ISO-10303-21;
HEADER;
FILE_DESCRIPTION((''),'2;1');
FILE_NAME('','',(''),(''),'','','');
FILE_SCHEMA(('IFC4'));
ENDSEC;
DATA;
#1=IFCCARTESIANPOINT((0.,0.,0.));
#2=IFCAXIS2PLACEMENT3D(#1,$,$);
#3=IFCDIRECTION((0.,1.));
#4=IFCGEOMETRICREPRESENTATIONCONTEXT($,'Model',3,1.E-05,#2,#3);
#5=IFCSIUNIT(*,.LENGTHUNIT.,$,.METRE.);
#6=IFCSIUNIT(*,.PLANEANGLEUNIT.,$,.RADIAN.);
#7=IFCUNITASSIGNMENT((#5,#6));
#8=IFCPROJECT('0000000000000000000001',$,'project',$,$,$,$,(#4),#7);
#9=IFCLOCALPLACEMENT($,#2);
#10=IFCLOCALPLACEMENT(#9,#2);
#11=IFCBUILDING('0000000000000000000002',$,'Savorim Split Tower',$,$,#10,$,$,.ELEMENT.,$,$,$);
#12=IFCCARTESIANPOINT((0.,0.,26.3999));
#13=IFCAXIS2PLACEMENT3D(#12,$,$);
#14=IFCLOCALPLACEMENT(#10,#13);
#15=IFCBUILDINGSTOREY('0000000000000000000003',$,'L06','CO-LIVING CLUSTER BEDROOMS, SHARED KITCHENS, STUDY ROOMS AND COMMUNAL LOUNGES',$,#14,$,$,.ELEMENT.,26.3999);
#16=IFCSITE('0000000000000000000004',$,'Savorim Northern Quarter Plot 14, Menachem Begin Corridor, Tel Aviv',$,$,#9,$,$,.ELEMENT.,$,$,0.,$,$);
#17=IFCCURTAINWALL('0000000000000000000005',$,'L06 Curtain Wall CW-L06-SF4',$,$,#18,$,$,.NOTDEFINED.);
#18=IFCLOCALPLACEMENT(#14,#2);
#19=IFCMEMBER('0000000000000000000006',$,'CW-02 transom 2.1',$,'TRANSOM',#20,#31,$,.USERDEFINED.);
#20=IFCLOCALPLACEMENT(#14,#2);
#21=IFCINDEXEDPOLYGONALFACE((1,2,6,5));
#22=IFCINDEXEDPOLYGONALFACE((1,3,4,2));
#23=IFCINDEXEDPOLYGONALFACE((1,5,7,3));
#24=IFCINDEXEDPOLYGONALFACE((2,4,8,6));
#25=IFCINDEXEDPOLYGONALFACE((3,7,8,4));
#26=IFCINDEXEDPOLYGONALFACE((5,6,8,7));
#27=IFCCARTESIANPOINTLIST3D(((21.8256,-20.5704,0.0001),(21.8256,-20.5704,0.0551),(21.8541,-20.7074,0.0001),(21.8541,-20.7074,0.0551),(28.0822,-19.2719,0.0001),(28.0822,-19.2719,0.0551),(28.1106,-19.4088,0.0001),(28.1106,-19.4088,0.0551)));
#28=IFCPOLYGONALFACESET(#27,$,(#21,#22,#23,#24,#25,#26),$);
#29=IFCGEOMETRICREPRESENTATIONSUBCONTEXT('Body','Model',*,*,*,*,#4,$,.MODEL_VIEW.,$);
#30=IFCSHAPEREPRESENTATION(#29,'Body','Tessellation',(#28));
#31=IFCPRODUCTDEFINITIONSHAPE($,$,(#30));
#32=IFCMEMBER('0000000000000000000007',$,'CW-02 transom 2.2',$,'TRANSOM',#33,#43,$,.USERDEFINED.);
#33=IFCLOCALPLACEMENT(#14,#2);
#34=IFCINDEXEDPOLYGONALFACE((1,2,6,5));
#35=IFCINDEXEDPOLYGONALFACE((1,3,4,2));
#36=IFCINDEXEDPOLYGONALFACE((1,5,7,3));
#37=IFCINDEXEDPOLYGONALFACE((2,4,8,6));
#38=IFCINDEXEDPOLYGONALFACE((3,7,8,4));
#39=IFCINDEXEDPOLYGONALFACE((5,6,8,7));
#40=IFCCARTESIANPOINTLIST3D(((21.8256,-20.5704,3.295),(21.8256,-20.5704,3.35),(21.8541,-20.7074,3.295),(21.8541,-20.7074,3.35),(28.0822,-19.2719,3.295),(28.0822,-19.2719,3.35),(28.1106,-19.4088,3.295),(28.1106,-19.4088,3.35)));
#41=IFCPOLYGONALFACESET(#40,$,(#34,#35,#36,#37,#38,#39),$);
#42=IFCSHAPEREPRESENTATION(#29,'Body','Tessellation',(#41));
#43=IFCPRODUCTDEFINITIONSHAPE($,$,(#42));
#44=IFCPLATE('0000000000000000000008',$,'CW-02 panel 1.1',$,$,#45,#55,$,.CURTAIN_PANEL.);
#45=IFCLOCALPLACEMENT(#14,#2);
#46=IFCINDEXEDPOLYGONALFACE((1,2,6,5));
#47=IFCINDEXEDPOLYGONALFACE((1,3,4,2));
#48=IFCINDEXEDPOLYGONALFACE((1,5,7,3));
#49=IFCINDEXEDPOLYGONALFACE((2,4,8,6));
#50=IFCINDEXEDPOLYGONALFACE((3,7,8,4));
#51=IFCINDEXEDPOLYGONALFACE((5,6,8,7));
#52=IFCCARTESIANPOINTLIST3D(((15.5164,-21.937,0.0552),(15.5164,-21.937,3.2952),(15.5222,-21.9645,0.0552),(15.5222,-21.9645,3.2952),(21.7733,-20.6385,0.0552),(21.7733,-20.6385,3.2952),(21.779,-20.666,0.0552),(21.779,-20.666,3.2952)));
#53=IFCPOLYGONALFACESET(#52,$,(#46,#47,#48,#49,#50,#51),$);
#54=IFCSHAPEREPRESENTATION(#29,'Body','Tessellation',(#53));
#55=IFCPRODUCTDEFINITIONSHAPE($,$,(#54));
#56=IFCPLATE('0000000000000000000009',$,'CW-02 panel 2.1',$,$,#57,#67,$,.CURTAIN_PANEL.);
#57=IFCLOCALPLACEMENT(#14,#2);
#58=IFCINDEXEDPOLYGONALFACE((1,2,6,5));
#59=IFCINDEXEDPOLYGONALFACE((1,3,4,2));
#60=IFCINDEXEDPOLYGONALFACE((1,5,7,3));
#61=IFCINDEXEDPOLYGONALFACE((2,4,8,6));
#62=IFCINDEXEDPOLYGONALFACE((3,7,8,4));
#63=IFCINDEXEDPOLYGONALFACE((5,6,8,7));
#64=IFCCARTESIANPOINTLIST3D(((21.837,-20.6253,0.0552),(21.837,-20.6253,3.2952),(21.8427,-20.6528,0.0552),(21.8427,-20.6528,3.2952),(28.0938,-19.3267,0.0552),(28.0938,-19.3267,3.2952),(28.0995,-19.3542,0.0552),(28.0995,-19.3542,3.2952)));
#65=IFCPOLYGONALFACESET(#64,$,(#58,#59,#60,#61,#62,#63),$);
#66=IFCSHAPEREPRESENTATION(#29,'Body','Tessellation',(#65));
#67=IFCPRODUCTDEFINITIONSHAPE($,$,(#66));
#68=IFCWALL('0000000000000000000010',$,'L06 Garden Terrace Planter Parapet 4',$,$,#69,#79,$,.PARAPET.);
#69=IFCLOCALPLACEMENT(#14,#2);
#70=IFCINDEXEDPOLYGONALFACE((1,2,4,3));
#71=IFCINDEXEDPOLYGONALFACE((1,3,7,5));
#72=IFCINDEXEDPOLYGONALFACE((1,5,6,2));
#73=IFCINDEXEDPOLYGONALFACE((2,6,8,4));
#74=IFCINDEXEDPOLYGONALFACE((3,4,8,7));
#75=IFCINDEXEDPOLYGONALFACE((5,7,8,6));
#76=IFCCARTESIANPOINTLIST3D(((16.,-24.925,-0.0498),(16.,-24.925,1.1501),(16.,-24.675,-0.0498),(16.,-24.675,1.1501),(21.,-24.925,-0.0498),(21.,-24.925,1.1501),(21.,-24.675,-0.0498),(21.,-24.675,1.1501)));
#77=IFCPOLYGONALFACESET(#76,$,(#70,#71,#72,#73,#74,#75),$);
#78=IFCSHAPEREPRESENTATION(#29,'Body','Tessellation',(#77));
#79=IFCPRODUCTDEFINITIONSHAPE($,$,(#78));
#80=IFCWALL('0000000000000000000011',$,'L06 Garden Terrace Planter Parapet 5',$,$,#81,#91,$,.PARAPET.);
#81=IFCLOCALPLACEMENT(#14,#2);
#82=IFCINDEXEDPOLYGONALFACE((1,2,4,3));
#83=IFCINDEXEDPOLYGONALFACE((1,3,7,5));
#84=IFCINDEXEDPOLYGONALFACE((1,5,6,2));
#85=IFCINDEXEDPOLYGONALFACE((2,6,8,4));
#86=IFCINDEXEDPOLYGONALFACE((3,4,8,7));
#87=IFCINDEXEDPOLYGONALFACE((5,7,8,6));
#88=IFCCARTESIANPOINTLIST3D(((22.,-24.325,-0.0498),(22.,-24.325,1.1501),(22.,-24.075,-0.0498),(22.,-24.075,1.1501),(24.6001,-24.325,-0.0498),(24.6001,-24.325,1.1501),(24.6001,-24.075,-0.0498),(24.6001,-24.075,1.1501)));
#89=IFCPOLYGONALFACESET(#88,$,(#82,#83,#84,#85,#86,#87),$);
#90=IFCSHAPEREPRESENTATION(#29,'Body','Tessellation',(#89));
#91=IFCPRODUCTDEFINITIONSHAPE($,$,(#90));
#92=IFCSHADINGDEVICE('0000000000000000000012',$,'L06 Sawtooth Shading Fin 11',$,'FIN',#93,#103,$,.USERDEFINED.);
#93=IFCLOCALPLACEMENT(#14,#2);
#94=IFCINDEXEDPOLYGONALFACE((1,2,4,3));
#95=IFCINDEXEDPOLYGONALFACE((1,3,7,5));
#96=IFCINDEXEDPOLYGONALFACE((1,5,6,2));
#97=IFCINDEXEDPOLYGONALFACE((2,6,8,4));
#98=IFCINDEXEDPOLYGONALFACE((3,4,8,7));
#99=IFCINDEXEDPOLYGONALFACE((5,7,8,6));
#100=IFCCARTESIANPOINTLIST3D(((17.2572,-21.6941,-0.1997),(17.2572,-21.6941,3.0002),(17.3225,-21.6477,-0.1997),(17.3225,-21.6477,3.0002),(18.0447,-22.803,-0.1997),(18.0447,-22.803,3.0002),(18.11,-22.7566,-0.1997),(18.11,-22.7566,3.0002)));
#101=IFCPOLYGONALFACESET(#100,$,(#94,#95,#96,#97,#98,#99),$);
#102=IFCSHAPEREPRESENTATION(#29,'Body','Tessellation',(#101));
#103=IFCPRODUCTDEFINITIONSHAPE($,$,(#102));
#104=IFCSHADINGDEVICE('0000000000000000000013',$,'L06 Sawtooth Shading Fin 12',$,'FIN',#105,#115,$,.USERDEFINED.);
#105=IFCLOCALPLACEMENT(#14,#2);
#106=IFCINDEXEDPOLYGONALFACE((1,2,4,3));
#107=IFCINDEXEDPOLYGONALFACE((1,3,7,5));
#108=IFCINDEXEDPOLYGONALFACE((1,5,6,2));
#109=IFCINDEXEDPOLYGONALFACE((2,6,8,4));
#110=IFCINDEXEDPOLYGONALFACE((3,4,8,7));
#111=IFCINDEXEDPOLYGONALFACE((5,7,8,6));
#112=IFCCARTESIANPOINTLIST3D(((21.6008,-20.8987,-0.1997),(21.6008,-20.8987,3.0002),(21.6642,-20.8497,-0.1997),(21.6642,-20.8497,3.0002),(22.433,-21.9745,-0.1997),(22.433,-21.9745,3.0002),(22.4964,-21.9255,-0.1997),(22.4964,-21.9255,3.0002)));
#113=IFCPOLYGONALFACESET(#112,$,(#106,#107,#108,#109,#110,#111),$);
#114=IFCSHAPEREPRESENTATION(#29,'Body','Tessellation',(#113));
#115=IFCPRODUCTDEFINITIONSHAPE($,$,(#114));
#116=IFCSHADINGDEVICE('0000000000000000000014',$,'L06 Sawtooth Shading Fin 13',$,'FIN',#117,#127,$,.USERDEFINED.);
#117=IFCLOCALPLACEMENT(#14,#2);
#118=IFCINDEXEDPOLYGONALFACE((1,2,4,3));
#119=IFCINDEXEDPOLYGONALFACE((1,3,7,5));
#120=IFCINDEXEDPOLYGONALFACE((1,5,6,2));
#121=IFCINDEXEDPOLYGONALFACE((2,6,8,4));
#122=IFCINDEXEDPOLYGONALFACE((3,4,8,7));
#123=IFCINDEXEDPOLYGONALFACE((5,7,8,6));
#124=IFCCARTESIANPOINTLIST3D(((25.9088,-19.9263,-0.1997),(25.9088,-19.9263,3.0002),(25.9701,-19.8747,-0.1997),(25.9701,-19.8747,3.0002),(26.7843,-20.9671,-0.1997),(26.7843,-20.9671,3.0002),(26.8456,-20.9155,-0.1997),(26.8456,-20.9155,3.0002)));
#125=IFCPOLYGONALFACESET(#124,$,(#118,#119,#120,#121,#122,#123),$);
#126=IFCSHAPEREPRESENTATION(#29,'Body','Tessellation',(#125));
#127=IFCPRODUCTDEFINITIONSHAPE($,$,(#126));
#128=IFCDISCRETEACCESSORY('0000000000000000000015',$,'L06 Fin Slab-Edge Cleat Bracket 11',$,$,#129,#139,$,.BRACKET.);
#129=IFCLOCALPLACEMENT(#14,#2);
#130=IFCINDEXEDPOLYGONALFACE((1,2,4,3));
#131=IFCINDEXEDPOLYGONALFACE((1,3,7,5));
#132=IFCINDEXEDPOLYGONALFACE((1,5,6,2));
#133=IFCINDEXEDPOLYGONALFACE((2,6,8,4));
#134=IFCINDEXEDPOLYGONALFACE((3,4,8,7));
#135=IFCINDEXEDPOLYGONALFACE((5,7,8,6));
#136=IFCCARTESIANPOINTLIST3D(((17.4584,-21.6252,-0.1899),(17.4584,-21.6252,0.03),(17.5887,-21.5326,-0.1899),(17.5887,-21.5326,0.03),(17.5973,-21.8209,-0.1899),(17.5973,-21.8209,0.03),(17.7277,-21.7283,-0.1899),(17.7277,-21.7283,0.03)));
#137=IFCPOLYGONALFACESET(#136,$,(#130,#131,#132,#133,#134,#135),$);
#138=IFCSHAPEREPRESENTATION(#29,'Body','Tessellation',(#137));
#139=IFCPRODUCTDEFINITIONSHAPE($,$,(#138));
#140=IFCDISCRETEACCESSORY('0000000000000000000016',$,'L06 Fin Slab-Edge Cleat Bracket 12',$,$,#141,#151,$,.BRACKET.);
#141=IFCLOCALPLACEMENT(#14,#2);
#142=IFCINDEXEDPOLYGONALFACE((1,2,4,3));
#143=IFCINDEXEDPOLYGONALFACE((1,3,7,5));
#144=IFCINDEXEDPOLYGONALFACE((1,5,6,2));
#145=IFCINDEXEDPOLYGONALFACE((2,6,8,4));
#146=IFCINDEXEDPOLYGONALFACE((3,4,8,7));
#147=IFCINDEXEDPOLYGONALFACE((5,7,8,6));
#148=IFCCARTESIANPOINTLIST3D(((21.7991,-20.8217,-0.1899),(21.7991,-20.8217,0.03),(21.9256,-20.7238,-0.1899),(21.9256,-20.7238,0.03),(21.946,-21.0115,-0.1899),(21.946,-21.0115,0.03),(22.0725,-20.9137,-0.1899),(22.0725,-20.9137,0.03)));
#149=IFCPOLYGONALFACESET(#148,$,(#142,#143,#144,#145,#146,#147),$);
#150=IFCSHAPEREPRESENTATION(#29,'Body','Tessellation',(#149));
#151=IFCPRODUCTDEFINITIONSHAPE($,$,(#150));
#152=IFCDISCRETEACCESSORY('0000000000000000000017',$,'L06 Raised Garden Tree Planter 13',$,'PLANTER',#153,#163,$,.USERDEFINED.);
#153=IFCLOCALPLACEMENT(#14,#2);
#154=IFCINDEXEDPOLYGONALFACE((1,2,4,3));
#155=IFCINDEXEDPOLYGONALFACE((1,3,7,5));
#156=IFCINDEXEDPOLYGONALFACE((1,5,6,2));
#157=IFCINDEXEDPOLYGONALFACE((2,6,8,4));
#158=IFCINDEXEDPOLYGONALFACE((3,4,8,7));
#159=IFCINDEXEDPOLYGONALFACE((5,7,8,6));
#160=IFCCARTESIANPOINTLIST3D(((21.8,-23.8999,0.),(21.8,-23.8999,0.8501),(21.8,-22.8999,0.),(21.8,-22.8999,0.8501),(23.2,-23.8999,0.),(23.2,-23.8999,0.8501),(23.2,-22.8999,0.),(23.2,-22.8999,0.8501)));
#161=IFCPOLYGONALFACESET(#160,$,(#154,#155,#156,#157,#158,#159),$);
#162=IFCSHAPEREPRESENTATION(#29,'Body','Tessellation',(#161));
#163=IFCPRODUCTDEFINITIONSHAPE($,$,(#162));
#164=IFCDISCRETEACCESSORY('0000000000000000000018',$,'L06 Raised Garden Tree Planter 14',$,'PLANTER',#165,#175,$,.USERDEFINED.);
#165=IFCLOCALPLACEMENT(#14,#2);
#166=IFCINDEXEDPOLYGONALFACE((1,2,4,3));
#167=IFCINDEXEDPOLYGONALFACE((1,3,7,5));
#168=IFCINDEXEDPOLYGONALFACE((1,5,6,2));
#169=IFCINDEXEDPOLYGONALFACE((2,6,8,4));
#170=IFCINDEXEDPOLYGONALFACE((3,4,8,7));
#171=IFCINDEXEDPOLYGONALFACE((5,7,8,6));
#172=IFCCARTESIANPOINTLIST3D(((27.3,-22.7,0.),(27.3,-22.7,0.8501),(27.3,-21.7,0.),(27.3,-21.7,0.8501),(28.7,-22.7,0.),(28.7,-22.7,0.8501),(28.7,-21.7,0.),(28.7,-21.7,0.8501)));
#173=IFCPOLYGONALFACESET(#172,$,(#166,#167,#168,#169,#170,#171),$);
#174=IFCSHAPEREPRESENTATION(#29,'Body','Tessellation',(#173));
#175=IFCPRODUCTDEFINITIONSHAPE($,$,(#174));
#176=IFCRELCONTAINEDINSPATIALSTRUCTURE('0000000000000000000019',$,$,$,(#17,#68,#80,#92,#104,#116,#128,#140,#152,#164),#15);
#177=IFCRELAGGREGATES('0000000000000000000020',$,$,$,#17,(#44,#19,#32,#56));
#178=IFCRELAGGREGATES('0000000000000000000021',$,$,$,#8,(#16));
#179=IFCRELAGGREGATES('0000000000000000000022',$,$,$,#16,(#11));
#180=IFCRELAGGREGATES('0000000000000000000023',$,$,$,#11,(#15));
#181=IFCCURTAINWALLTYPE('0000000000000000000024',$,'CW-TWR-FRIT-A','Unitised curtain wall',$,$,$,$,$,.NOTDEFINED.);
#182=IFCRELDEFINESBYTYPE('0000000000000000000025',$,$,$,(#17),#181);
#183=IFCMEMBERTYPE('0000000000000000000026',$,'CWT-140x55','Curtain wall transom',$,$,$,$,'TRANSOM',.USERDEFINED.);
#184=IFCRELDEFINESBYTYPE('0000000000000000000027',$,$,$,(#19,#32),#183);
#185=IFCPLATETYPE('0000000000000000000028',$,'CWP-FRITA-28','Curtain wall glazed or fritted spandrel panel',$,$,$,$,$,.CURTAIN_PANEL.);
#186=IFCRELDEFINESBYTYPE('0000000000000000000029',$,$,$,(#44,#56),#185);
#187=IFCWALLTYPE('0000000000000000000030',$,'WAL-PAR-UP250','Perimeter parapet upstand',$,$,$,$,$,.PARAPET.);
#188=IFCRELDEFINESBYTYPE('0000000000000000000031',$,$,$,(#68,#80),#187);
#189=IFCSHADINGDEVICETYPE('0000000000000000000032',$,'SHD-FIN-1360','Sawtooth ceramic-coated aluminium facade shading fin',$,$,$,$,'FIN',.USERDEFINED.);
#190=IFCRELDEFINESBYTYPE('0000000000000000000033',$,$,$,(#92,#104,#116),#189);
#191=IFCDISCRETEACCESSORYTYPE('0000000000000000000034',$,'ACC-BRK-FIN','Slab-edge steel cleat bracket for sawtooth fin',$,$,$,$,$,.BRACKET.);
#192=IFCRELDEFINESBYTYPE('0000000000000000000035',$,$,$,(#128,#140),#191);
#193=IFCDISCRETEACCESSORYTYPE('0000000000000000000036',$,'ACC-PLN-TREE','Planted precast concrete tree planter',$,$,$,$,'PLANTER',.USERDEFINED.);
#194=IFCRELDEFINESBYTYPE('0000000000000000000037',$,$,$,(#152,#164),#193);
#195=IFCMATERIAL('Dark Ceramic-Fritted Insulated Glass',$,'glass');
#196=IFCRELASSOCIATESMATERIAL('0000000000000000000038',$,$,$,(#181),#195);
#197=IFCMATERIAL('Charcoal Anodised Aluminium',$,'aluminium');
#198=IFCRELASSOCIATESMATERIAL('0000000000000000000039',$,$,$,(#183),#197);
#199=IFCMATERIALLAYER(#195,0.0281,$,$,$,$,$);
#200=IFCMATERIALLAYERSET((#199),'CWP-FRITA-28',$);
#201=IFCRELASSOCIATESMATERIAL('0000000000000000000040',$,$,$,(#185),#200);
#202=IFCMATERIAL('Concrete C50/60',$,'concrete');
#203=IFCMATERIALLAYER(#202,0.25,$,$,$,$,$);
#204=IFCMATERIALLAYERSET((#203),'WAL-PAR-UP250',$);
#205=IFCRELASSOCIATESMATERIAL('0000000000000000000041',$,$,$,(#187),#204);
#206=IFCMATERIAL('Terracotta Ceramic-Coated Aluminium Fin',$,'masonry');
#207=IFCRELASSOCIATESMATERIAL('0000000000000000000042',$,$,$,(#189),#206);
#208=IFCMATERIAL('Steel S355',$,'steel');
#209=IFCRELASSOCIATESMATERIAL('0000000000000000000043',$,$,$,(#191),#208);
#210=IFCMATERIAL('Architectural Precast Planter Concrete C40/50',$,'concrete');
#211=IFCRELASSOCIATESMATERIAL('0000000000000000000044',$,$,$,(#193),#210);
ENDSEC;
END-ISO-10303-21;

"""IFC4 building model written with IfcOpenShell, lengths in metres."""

from ifc_helpers import new_model, si_unit, direction, frame, frame_2d, origin, origin_2d, place, context, subcontext, project, spatial, rectangle, extrude, material, layer, layer_set, material_profile, profile_set, type_object, element, aggregate, save


model = new_model("IFC4")

# Units and contexts
model_context = context("Model", 3, precision=1e-05, world=origin(), true_north=direction((0.0, 1.0)))
body_context = subcontext(model_context, "Body", "Model", "MODEL_VIEW")
ifc_project = project(units=[si_unit("LENGTHUNIT", "METRE"), si_unit("PLANEANGLEUNIT", "RADIAN")], contexts=[model_context])

# Site, building, storey
site_placement = place(None, origin())
site = spatial("IfcSite", under=ifc_project, at=site_placement, Name="Savorim Northern Quarter Plot 14, Menachem Begin Corridor, Tel Aviv", CompositionType="ELEMENT", RefElevation=0.0)
building_placement = place(site_placement, origin())
building = spatial("IfcBuilding", under=site, at=building_placement, Name="Savorim Split Tower", CompositionType="ELEMENT")
storey_placement = place(building_placement, frame((0.0, 0.0, 26.3999)))
storey = spatial("IfcBuildingStorey", under=building, at=storey_placement, Name="L06", Description="CO-LIVING CLUSTER BEDROOMS, SHARED KITCHENS, STUDY ROOMS AND COMMUNAL LOUNGES", CompositionType="ELEMENT", Elevation=26.3999)

# Shared definitions
ifc_material_1 = material(Name="Steel S355", Category="steel")

# Curtain wall, members, plates
ifc_material_2 = material(Name="Dark Ceramic-Fritted Insulated Glass", Category="glass")
curtain_wall_type = type_object("IfcCurtainWallType", Name="CW-TWR-FRIT-A", Description="Unitised curtain wall", PredefinedType="NOTDEFINED", material=ifc_material_2)
curtain_wall_placement = place(storey_placement, origin())
curtain_wall = element("IfcCurtainWall", 1, at=curtain_wall_placement, inside=storey, type_object=curtain_wall_type, Name="L06 Curtain Wall CW-L06-SF4", PredefinedType="NOTDEFINED")
ifc_material_3 = material(Name="Charcoal Anodised Aluminium", Category="aluminium")
ifc_material_profile_1 = material_profile(ifc_material_3, rectangle(XDim=0.1399, YDim=0.0549, at=origin_2d()), Name="ALU-T 140x55")
ifc_profile_set_1 = profile_set([ifc_material_profile_1], Name="Charcoal Anodised Aluminium")
member_type_1 = type_object("IfcMemberType", Name="CWT-140x55", Description="Curtain wall transom", ElementType="TRANSOM", PredefinedType="USERDEFINED", material=ifc_profile_set_1)
member_1_placement = place(storey_placement, frame((21.8398, -20.6389, 0.0276), z_axis=(0.979132, 0.203223, 0.0), x_axis=(-0.203223, 0.979132, 0.0)))
member_1 = element("IfcMember", 2, at=member_1_placement, type_object=member_type_1, Name="CW-02 transom 2.1", ObjectType="TRANSOM", PredefinedType="USERDEFINED", context=body_context, shape_type="SweptSolid", body=[
    extrude(rectangle(XDim=0.1399, YDim=0.0549, at=origin_2d()), origin(), (0.0, 0.0, 1.0), 6.3899),
])
member_2_placement = place(storey_placement, frame((21.8398, -20.6389, 3.3225), z_axis=(0.979132, 0.203223, 0.0), x_axis=(-0.203223, 0.979132, 0.0)))
member_2 = element("IfcMember", 3, at=member_2_placement, type_object=member_type_1, Name="CW-02 transom 2.2", ObjectType="TRANSOM", PredefinedType="USERDEFINED", context=body_context, shape_type="SweptSolid", body=[
    extrude(rectangle(XDim=0.1399, YDim=0.0549, at=origin_2d()), origin(), (0.0, 0.0, 1.0), 6.3899),
])
ifc_layer_1 = layer(ifc_material_2, 0.0281)
ifc_layer_set_1 = layer_set([ifc_layer_1], Name="CWP-FRITA-28")
plate_type = type_object("IfcPlateType", Name="CWP-FRITA-28", Description="Curtain wall glazed or fritted spandrel panel", PredefinedType="CURTAIN_PANEL", material=ifc_layer_set_1)
plate_1_placement = place(storey_placement, frame((18.6477, -21.3015, 0.0552), z_axis=(0.0, 0.0, 1.0), x_axis=(0.979135, 0.20321, 0.0)))
plate_1 = element("IfcPlate", 4, at=plate_1_placement, type_object=plate_type, Name="CW-02 panel 1.1", PredefinedType="CURTAIN_PANEL", context=body_context, shape_type="SweptSolid", body=[
    extrude(rectangle(XDim=6.3901, YDim=0.0281, at=origin_2d()), origin(), (0.0, 0.0, 1.0), 3.24),
])
plate_2_placement = place(storey_placement, frame((24.9683, -19.9897, 0.0552), z_axis=(0.0, 0.0, 1.0), x_axis=(0.979135, 0.20321, 0.0)))
plate_2 = element("IfcPlate", 5, at=plate_2_placement, type_object=plate_type, Name="CW-02 panel 2.1", PredefinedType="CURTAIN_PANEL", context=body_context, shape_type="SweptSolid", body=[
    extrude(rectangle(XDim=6.3901, YDim=0.0281, at=origin_2d()), origin(), (0.0, 0.0, 1.0), 3.24),
])
aggregate(curtain_wall, [plate_1, member_1, member_2, plate_2])

# Walls
ifc_material_4 = material(Name="Concrete C50/60", Category="concrete")
ifc_layer_2 = layer(ifc_material_4, 0.25)
ifc_layer_set_2 = layer_set([ifc_layer_2], Name="WAL-PAR-UP250")
wall_type = type_object("IfcWallType", Name="WAL-PAR-UP250", Description="Perimeter parapet upstand", PredefinedType="PARAPET", material=ifc_layer_set_2)
wall_1_placement = place(storey_placement, frame((16.0, -24.8, -0.0498), z_axis=(0.0, 0.0, 1.0), x_axis=(1.0, 0.0, 0.0)))
element("IfcWall", 6, at=wall_1_placement, inside=storey, type_object=wall_type, Name="L06 Garden Terrace Planter Parapet 4", PredefinedType="PARAPET", context=body_context, shape_type="SweptSolid", body=[
    extrude(rectangle(XDim=5.0, YDim=0.25, at=frame_2d((2.5, 0.0))), origin(), (0.0, 0.0, 1.0), 1.2),
])
wall_2_placement = place(storey_placement, frame((22.0, -24.2, -0.0498), z_axis=(0.0, 0.0, 1.0), x_axis=(1.0, 0.0, 0.0)))
element("IfcWall", 7, at=wall_2_placement, inside=storey, type_object=wall_type, Name="L06 Garden Terrace Planter Parapet 5", PredefinedType="PARAPET", context=body_context, shape_type="SweptSolid", body=[
    extrude(rectangle(XDim=2.6001, YDim=0.25, at=frame_2d((1.3, 0.0))), origin(), (0.0, 0.0, 1.0), 1.2),
])

# Shading devices
ifc_material_5 = material(Name="Terracotta Ceramic-Coated Aluminium Fin", Category="masonry")
shading_device_type = type_object("IfcShadingDeviceType", Name="SHD-FIN-1360", Description="Sawtooth ceramic-coated aluminium facade shading fin", ElementType="FIN", PredefinedType="USERDEFINED", material=ifc_material_5)
for number, where, z_axis, x_axis, name in (
    (8, (17.6836, -22.2253, -0.1997), (0.0, 0.0, 1.0), (0.578994, -0.815332, 0.0), "L06 Sawtooth Shading Fin 11"),
    (9, (22.0486, -21.4121, -0.1997), (0.0, 0.0, 1.0), (0.611868, -0.79096, 0.0), "L06 Sawtooth Shading Fin 12"),
    (10, (26.3772, -20.4209, -0.1997), (0.0, 0.0, 1.0), (0.643719, -0.765262, 0.0), "L06 Sawtooth Shading Fin 13"),
):
    element("IfcShadingDevice", number, at=place(storey_placement, frame(where, z_axis=z_axis, x_axis=x_axis)), inside=storey, type_object=shading_device_type, Name=name, ObjectType="FIN", PredefinedType="USERDEFINED", context=body_context, shape_type="SweptSolid", body=[
        extrude(rectangle(XDim=1.3601, YDim=0.0801, at=origin_2d()), origin(), (0.0, 0.0, 1.0), 3.2),
    ])

# Discrete accessories
discrete_accessory_type_1 = type_object("IfcDiscreteAccessoryType", Name="ACC-BRK-FIN", Description="Slab-edge steel cleat bracket for sawtooth fin", PredefinedType="BRACKET", material=ifc_material_1)
for number, where, z_axis, x_axis, name in (
    (11, (17.593, -21.6768, -0.1899), (0.0, 0.0, 1.0), (0.578994, -0.815332, 0.0), "L06 Fin Slab-Edge Cleat Bracket 11"),
    (12, (21.9358, -20.8677, -0.1899), (0.0, 0.0, 1.0), (0.611868, -0.79096, 0.0), "L06 Fin Slab-Edge Cleat Bracket 12"),
):
    element("IfcDiscreteAccessory", number, at=place(storey_placement, frame(where, z_axis=z_axis, x_axis=x_axis)), inside=storey, type_object=discrete_accessory_type_1, Name=name, PredefinedType="BRACKET", context=body_context, shape_type="SweptSolid", body=[
        extrude(rectangle(XDim=0.24, YDim=0.1599, at=origin_2d()), origin(), (0.0, 0.0, 1.0), 0.22),
    ])
ifc_material_6 = material(Name="Architectural Precast Planter Concrete C40/50", Category="concrete")
discrete_accessory_type_2 = type_object("IfcDiscreteAccessoryType", Name="ACC-PLN-TREE", Description="Planted precast concrete tree planter", ElementType="PLANTER", PredefinedType="USERDEFINED", material=ifc_material_6)
for number, where, z_axis, x_axis, name in (
    (13, (22.5, -23.3999, 0.0), (0.0, 0.0, 1.0), (1.0, 0.0, 0.0), "L06 Raised Garden Tree Planter 13"),
    (14, (28.0, -22.2, 0.0), (0.0, 0.0, 1.0), (1.0, 0.0, 0.0), "L06 Raised Garden Tree Planter 14"),
):
    element("IfcDiscreteAccessory", number, at=place(storey_placement, frame(where, z_axis=z_axis, x_axis=x_axis)), inside=storey, type_object=discrete_accessory_type_2, Name=name, ObjectType="PLANTER", PredefinedType="USERDEFINED", context=body_context, shape_type="SweptSolid", body=[
        extrude(rectangle(XDim=1.3999, YDim=1.0, at=origin_2d()), origin(), (0.0, 0.0, 1.0), 0.8501),
    ])

save(model, "model.ifc")
